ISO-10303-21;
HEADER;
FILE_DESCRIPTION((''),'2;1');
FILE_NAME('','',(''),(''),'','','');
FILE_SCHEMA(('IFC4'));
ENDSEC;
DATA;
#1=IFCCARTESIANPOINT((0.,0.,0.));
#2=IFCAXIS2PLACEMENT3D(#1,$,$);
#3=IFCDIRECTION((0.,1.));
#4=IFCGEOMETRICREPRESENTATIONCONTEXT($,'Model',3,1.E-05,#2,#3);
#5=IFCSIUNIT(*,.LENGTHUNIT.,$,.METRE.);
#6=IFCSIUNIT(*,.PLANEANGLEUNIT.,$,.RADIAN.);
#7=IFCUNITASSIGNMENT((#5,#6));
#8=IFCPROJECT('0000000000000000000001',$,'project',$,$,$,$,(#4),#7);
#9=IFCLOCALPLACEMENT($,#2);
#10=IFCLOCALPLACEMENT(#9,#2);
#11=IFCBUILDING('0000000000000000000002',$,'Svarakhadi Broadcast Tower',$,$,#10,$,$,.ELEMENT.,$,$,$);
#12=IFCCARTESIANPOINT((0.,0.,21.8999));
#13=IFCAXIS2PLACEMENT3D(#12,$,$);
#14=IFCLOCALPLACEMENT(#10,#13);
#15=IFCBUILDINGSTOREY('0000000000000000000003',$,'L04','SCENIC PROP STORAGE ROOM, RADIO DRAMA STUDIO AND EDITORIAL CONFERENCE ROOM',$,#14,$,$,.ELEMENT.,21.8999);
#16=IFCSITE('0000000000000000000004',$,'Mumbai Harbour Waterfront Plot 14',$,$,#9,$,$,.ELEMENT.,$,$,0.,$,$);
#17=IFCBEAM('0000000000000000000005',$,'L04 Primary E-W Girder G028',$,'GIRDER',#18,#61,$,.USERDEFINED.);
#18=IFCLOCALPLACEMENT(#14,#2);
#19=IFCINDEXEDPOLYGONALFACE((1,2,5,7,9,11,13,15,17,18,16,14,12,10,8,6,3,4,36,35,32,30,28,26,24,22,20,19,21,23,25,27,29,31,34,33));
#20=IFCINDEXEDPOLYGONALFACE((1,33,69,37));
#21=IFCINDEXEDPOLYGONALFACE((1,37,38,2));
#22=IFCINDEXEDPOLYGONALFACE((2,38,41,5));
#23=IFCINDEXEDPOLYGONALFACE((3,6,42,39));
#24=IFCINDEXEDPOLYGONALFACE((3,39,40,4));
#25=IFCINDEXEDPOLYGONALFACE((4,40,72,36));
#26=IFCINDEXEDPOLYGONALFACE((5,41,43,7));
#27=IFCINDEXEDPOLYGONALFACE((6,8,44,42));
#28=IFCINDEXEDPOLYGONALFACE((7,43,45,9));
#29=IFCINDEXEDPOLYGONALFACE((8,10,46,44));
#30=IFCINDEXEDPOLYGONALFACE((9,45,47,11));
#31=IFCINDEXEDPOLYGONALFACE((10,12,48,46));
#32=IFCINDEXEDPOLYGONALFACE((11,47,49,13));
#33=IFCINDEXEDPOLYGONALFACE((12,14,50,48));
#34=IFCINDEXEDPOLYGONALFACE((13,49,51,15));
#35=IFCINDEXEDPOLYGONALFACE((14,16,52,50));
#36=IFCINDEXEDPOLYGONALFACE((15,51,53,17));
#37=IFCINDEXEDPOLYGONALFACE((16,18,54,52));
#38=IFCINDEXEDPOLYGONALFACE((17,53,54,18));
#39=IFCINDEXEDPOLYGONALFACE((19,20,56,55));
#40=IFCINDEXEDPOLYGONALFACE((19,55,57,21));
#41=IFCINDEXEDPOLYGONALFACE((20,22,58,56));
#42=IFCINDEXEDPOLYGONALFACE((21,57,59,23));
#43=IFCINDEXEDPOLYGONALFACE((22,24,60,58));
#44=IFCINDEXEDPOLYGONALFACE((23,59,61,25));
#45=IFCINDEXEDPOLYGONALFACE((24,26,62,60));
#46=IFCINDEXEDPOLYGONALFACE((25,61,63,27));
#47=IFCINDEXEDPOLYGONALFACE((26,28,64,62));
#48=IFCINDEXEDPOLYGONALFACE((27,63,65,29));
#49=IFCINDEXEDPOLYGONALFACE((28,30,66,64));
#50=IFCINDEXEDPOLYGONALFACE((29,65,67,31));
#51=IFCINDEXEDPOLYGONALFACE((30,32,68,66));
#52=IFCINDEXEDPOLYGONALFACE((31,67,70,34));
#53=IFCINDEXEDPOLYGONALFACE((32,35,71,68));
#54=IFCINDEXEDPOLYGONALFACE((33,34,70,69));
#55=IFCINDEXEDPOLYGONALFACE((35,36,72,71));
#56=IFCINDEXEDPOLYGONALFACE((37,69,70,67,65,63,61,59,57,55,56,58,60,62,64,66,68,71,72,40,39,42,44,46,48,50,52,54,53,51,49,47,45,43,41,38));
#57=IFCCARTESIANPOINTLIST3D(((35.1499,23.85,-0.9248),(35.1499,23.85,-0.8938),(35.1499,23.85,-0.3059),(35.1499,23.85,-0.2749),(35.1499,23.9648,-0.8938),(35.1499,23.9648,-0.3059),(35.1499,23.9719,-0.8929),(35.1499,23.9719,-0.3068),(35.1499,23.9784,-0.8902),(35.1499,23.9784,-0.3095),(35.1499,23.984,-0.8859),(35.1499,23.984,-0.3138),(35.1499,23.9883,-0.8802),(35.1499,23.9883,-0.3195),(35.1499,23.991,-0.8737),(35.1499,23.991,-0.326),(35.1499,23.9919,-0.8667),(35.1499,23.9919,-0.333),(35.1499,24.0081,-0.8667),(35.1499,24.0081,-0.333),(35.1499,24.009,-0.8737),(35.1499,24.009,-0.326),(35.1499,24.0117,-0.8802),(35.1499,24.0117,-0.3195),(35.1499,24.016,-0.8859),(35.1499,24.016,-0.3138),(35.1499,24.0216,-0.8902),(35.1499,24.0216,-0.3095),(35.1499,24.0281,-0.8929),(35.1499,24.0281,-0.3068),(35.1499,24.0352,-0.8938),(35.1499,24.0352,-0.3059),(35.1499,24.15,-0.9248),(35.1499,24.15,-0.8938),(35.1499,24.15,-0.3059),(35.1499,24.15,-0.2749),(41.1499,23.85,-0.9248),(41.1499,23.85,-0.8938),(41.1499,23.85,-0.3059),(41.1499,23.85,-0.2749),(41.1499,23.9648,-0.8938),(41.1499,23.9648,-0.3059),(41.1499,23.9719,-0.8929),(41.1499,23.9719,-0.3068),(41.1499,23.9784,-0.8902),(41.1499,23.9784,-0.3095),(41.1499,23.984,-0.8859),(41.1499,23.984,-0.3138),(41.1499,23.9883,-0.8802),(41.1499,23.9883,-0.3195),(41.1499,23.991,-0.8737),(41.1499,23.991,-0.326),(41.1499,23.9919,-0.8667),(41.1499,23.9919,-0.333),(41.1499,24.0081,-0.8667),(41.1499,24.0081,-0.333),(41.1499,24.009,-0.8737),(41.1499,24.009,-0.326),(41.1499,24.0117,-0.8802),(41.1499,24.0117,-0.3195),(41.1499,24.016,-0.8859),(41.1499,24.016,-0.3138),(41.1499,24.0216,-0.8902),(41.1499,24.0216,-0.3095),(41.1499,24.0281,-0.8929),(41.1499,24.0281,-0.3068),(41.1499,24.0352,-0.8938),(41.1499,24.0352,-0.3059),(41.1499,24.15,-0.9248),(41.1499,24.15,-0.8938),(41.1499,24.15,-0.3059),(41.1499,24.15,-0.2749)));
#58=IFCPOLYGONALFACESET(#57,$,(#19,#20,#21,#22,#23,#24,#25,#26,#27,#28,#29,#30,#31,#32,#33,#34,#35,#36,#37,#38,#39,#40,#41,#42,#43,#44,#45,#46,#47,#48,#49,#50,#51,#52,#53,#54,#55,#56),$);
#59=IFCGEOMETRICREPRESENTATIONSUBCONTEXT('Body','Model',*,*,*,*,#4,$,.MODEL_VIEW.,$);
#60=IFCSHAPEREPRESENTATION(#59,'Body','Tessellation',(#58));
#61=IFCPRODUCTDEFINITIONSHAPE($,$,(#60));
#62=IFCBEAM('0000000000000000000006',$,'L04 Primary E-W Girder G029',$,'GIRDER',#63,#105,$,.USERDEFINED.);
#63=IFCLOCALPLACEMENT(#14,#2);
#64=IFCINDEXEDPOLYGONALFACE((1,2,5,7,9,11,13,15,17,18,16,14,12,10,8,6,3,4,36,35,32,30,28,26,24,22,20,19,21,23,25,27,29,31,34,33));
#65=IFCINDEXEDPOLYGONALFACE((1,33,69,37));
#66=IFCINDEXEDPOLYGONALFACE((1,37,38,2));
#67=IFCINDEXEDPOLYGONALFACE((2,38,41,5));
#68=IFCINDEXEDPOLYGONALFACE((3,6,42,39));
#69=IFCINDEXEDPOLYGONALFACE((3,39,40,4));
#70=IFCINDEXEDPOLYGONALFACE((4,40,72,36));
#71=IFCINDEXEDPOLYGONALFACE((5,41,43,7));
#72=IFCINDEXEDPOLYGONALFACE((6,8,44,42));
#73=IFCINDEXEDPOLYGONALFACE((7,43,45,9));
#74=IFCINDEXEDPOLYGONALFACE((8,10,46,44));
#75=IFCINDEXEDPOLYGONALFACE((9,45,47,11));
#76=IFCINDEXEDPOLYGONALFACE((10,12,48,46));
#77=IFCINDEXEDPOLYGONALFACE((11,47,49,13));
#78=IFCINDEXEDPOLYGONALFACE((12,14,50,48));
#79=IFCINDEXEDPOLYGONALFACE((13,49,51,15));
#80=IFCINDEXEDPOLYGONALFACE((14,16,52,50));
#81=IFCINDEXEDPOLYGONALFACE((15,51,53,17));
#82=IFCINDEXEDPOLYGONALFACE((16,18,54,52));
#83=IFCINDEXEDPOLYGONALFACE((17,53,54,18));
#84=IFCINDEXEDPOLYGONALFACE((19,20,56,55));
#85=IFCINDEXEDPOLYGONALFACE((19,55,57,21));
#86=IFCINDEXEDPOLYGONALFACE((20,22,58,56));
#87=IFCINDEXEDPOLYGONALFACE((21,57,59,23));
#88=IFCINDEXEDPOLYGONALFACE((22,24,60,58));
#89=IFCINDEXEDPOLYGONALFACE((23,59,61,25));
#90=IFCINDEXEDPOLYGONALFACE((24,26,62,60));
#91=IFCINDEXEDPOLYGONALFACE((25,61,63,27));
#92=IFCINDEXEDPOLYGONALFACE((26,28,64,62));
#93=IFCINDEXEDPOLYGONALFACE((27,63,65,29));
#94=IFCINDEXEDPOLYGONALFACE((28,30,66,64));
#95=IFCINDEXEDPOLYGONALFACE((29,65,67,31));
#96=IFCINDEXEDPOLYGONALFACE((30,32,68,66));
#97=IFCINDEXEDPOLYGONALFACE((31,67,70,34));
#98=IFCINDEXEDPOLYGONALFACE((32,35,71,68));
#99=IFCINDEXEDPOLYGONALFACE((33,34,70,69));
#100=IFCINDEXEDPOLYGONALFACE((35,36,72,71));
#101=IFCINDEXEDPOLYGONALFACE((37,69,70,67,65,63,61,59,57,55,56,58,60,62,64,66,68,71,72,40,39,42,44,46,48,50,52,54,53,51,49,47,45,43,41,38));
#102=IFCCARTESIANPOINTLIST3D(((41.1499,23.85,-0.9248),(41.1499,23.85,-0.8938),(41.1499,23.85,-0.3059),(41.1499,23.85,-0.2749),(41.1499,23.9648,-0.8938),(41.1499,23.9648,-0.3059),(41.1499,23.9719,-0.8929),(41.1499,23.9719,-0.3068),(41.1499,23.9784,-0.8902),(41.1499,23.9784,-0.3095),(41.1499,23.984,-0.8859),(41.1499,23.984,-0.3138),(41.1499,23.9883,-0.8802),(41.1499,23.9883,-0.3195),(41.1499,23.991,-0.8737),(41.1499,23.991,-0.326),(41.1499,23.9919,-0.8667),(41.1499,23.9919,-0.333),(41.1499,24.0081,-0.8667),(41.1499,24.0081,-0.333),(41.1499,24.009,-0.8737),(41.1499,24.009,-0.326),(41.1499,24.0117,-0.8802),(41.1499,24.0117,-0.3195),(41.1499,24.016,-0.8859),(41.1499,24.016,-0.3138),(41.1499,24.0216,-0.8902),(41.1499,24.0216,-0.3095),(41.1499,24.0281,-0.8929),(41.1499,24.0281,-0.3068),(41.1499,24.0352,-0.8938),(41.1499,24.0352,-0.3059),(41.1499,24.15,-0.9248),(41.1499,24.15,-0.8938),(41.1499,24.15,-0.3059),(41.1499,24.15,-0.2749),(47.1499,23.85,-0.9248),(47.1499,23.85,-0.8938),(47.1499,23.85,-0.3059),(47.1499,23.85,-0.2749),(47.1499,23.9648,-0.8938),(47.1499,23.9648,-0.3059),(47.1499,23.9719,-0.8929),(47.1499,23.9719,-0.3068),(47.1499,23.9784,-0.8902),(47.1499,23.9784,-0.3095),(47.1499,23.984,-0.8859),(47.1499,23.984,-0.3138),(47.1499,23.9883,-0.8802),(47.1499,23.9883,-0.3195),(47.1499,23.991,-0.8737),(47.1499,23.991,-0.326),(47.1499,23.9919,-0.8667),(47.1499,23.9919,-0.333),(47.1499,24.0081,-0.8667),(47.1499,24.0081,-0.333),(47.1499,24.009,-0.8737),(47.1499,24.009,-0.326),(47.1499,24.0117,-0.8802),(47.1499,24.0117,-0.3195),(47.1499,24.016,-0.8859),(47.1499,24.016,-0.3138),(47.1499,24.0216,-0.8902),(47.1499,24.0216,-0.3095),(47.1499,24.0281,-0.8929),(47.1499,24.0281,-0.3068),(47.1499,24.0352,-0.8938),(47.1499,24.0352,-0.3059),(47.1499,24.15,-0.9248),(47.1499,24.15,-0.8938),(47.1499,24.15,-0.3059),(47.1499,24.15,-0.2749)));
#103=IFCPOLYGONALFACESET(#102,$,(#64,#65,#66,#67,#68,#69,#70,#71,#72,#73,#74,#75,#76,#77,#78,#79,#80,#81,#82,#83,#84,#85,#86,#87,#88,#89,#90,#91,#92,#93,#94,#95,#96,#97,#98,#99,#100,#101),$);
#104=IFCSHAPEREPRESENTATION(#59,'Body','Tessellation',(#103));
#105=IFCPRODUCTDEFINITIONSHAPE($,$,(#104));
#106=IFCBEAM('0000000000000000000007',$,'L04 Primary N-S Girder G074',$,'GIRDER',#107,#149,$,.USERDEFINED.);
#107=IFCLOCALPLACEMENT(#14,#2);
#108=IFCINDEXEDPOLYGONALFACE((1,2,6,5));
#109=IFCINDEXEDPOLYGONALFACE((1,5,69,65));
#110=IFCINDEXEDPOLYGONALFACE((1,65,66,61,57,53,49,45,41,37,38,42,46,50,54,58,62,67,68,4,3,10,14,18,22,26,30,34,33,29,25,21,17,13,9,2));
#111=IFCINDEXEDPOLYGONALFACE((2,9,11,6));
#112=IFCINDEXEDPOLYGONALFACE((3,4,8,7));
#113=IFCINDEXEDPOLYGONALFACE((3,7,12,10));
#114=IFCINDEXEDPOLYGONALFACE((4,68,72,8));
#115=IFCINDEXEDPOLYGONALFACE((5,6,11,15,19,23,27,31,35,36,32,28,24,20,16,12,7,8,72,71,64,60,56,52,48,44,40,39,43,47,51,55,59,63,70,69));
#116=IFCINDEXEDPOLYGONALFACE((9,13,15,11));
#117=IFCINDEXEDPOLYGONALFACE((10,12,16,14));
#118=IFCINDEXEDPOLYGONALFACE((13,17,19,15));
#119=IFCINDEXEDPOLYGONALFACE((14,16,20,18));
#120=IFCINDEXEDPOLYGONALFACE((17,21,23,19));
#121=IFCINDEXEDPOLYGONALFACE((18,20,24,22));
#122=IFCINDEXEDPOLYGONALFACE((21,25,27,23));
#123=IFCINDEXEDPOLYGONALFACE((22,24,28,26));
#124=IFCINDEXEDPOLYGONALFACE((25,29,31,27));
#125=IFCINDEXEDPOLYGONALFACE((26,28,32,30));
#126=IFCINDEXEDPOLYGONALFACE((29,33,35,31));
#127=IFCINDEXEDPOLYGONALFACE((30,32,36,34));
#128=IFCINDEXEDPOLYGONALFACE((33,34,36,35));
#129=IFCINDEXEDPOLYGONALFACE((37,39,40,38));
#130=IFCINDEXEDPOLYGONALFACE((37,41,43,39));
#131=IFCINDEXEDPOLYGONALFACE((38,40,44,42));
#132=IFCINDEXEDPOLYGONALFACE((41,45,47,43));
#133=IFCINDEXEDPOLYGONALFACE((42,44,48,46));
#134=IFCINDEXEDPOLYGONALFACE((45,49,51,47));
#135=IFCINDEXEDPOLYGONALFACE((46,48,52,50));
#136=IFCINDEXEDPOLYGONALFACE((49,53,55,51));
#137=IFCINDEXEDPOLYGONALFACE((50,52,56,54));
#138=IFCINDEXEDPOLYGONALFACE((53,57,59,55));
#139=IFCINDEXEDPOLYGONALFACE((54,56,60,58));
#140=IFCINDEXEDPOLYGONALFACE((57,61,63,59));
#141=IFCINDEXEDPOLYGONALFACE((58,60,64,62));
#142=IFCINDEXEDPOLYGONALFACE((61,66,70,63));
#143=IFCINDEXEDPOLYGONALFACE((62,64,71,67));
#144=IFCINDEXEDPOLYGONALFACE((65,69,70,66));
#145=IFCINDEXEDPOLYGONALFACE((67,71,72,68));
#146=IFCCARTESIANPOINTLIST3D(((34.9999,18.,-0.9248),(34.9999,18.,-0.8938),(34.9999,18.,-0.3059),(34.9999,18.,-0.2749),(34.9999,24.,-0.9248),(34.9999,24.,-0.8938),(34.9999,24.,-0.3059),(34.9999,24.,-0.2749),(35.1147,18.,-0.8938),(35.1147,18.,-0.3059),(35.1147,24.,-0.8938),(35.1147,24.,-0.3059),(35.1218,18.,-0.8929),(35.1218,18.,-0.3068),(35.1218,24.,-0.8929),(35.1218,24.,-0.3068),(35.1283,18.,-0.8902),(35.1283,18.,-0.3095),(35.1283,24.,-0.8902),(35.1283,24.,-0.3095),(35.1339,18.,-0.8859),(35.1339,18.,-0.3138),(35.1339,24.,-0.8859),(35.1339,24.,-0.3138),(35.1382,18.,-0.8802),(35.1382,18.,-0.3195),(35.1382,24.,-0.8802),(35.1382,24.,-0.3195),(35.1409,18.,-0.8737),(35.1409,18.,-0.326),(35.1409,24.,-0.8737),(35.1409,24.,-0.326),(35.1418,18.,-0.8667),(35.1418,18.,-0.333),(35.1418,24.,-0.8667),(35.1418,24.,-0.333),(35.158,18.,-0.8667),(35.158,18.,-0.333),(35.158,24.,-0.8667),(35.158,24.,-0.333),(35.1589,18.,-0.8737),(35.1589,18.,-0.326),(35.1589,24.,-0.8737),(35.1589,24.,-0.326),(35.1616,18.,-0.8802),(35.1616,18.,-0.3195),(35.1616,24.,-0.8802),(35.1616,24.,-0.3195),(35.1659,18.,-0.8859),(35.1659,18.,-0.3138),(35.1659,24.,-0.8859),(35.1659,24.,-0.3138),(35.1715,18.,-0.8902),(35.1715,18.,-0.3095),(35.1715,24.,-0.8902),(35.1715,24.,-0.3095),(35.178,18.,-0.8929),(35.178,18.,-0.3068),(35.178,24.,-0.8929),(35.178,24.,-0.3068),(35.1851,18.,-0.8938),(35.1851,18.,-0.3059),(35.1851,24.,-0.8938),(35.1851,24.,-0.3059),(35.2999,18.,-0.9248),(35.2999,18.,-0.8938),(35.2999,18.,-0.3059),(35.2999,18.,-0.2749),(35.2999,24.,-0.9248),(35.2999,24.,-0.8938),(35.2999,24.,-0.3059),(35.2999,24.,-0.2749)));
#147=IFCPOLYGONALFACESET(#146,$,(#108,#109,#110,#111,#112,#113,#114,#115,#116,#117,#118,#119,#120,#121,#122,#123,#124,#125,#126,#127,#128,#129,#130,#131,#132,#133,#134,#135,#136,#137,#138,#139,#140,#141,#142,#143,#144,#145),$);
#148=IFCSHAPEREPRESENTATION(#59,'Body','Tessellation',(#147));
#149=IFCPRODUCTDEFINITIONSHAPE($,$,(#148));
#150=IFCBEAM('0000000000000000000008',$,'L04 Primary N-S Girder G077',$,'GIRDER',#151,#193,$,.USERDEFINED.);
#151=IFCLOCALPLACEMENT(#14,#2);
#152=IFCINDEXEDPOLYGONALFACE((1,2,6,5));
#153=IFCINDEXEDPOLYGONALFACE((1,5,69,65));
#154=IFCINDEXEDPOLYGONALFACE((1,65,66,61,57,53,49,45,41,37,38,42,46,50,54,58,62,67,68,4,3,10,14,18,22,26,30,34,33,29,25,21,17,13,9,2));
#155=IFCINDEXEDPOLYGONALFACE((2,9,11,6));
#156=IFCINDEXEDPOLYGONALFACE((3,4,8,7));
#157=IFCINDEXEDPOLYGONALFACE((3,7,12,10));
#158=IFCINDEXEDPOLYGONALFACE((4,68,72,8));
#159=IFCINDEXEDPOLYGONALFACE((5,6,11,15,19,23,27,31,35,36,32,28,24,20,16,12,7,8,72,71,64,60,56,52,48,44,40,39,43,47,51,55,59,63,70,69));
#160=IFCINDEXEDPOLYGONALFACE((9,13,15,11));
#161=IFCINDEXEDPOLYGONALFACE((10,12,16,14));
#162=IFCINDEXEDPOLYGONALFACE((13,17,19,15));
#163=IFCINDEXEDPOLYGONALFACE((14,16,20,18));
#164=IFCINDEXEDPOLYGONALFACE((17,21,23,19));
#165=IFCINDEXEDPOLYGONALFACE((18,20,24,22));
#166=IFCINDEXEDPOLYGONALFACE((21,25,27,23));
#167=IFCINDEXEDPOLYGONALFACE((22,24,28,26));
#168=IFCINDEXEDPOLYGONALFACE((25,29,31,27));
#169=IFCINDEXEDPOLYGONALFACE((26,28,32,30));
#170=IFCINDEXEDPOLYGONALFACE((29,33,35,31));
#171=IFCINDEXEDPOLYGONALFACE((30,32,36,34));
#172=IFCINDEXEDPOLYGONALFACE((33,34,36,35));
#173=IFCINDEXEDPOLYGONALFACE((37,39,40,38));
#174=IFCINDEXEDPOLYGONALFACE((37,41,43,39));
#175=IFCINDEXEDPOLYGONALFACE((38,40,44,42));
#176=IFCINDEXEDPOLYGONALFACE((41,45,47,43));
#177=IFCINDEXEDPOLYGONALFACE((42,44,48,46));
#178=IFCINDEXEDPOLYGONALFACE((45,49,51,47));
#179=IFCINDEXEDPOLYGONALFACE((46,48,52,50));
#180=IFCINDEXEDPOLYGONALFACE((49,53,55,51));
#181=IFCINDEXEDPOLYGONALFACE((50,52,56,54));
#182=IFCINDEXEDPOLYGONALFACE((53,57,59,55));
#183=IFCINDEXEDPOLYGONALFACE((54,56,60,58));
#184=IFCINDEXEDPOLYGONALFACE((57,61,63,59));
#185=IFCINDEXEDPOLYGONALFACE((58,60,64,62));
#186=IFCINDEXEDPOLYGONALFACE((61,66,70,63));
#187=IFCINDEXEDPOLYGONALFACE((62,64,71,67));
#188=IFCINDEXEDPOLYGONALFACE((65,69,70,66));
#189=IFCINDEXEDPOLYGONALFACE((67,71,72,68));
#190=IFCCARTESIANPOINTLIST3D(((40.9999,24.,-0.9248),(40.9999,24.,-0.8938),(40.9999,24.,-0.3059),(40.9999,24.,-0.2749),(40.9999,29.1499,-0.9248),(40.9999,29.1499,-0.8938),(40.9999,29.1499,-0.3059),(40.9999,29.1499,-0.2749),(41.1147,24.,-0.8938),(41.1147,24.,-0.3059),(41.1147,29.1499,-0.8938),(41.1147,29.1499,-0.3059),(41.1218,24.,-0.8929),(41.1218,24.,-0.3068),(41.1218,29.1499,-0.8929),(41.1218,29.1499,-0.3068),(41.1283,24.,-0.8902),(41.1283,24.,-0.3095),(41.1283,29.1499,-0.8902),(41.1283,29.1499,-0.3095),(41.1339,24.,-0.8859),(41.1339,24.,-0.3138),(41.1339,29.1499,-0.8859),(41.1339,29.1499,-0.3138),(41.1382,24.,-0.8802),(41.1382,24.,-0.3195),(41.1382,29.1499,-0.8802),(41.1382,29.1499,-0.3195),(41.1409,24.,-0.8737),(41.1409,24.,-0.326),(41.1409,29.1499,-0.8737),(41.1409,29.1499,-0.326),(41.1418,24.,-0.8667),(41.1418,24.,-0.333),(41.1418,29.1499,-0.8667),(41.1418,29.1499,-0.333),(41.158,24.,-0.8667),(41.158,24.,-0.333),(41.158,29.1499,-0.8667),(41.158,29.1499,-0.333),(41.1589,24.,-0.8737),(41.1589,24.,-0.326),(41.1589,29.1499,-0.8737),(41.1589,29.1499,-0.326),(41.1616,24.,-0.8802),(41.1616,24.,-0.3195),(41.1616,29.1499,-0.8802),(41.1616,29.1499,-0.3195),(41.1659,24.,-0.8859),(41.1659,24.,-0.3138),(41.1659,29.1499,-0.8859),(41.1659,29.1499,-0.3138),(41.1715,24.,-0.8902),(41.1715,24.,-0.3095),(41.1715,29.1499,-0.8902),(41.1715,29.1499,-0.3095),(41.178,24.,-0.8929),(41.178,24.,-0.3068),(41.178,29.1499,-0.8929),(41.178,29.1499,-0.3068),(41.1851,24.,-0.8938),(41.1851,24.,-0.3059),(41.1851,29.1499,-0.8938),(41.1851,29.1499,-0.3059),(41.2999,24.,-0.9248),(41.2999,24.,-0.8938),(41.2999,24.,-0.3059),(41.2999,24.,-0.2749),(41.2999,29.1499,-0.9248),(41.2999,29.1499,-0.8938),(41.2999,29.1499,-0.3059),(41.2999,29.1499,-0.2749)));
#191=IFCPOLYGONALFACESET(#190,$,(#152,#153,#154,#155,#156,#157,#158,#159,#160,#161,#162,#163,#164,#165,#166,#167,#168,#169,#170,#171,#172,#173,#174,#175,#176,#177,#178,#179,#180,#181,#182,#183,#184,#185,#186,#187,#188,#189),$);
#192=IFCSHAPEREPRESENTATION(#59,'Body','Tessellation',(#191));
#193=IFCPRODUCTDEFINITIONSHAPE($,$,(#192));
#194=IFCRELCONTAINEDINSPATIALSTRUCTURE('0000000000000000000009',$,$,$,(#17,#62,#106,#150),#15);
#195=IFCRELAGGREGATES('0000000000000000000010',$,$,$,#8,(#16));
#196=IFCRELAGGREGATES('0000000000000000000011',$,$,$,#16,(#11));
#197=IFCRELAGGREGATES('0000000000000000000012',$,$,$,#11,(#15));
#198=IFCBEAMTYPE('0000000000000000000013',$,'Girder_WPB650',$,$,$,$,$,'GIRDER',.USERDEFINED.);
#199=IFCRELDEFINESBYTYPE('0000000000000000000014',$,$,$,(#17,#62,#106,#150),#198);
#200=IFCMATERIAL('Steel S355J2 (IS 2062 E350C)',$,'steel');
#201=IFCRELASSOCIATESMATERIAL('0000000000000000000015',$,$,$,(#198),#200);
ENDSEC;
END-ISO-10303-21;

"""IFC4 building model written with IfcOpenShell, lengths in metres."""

from ifc_helpers import new_model, si_unit, direction, frame, origin, origin_2d, place, context, subcontext, project, spatial, i_section, extrude, material, material_profile, profile_set, type_object, element, save


model = new_model("IFC4")

# Units and contexts
model_context = context("Model", 3, precision=1e-05, world=origin(), true_north=direction((0.0, 1.0)))
body_context = subcontext(model_context, "Body", "Model", "MODEL_VIEW")
ifc_project = project(units=[si_unit("LENGTHUNIT", "METRE"), si_unit("PLANEANGLEUNIT", "RADIAN")], contexts=[model_context])

# Site, building, storey
site_placement = place(None, origin())
site = spatial("IfcSite", under=ifc_project, at=site_placement, Name="Mumbai Harbour Waterfront Plot 14", CompositionType="ELEMENT", RefElevation=0.0)
building_placement = place(site_placement, origin())
building = spatial("IfcBuilding", under=site, at=building_placement, Name="Svarakhadi Broadcast Tower", CompositionType="ELEMENT")
storey_placement = place(building_placement, frame((0.0, 0.0, 21.8999)))
storey = spatial("IfcBuildingStorey", under=building, at=storey_placement, Name="L04", Description="SCENIC PROP STORAGE ROOM, RADIO DRAMA STUDIO AND EDITORIAL CONFERENCE ROOM", CompositionType="ELEMENT", Elevation=21.8999)

# Beams
ifc_material_1 = material(Name="Steel S355J2 (IS 2062 E350C)", Category="steel")
ifc_material_profile_1 = material_profile(ifc_material_1, i_section(OverallWidth=0.3, OverallDepth=0.6499, WebThickness=0.0161, FlangeThickness=0.031, FilletRadius=0.0271, at=origin_2d()), Name="WPB 650x300x225")
ifc_profile_set_1 = profile_set([ifc_material_profile_1], Name="Steel S355J2 (IS 2062 E350C)")
beam_type_1 = type_object("IfcBeamType", Name="Girder_WPB650", ElementType="GIRDER", PredefinedType="USERDEFINED", material=ifc_profile_set_1)
for number, where, z_axis, x_axis, name in (
    (1, (35.1499, 24.0, -0.5999), (1.0, 0.0, 0.0), (0.0, 1.0, 0.0), "L04 Primary E-W Girder G028"),
    (2, (41.1499, 24.0, -0.5999), (1.0, 0.0, 0.0), (0.0, 1.0, 0.0), "L04 Primary E-W Girder G029"),
    (3, (35.1499, 18.0, -0.5999), (0.0, 1.0, 0.0), (-1.0, 0.0, 0.0), "L04 Primary N-S Girder G074"),
):
    element("IfcBeam", number, at=place(storey_placement, frame(where, z_axis=z_axis, x_axis=x_axis)), inside=storey, type_object=beam_type_1, Name=name, ObjectType="GIRDER", PredefinedType="USERDEFINED", context=body_context, shape_type="SweptSolid", body=[
        extrude(i_section(OverallWidth=0.3, OverallDepth=0.6499, WebThickness=0.0161, FlangeThickness=0.031, FilletRadius=0.0271, at=origin_2d()), origin(), (0.0, 0.0, 1.0), 6.0),
    ])
beam_1_placement = place(storey_placement, frame((41.1499, 24.0, -0.5999), z_axis=(0.0, 1.0, 0.0), x_axis=(-1.0, 0.0, 0.0)))
element("IfcBeam", 4, at=beam_1_placement, inside=storey, type_object=beam_type_1, Name="L04 Primary N-S Girder G077", ObjectType="GIRDER", PredefinedType="USERDEFINED", context=body_context, shape_type="SweptSolid", body=[
    extrude(i_section(OverallWidth=0.3, OverallDepth=0.6499, WebThickness=0.0161, FlangeThickness=0.031, FilletRadius=0.0271, at=origin_2d()), origin(), (0.0, 0.0, 1.0), 5.1499),
])

save(model, "model.ifc")
